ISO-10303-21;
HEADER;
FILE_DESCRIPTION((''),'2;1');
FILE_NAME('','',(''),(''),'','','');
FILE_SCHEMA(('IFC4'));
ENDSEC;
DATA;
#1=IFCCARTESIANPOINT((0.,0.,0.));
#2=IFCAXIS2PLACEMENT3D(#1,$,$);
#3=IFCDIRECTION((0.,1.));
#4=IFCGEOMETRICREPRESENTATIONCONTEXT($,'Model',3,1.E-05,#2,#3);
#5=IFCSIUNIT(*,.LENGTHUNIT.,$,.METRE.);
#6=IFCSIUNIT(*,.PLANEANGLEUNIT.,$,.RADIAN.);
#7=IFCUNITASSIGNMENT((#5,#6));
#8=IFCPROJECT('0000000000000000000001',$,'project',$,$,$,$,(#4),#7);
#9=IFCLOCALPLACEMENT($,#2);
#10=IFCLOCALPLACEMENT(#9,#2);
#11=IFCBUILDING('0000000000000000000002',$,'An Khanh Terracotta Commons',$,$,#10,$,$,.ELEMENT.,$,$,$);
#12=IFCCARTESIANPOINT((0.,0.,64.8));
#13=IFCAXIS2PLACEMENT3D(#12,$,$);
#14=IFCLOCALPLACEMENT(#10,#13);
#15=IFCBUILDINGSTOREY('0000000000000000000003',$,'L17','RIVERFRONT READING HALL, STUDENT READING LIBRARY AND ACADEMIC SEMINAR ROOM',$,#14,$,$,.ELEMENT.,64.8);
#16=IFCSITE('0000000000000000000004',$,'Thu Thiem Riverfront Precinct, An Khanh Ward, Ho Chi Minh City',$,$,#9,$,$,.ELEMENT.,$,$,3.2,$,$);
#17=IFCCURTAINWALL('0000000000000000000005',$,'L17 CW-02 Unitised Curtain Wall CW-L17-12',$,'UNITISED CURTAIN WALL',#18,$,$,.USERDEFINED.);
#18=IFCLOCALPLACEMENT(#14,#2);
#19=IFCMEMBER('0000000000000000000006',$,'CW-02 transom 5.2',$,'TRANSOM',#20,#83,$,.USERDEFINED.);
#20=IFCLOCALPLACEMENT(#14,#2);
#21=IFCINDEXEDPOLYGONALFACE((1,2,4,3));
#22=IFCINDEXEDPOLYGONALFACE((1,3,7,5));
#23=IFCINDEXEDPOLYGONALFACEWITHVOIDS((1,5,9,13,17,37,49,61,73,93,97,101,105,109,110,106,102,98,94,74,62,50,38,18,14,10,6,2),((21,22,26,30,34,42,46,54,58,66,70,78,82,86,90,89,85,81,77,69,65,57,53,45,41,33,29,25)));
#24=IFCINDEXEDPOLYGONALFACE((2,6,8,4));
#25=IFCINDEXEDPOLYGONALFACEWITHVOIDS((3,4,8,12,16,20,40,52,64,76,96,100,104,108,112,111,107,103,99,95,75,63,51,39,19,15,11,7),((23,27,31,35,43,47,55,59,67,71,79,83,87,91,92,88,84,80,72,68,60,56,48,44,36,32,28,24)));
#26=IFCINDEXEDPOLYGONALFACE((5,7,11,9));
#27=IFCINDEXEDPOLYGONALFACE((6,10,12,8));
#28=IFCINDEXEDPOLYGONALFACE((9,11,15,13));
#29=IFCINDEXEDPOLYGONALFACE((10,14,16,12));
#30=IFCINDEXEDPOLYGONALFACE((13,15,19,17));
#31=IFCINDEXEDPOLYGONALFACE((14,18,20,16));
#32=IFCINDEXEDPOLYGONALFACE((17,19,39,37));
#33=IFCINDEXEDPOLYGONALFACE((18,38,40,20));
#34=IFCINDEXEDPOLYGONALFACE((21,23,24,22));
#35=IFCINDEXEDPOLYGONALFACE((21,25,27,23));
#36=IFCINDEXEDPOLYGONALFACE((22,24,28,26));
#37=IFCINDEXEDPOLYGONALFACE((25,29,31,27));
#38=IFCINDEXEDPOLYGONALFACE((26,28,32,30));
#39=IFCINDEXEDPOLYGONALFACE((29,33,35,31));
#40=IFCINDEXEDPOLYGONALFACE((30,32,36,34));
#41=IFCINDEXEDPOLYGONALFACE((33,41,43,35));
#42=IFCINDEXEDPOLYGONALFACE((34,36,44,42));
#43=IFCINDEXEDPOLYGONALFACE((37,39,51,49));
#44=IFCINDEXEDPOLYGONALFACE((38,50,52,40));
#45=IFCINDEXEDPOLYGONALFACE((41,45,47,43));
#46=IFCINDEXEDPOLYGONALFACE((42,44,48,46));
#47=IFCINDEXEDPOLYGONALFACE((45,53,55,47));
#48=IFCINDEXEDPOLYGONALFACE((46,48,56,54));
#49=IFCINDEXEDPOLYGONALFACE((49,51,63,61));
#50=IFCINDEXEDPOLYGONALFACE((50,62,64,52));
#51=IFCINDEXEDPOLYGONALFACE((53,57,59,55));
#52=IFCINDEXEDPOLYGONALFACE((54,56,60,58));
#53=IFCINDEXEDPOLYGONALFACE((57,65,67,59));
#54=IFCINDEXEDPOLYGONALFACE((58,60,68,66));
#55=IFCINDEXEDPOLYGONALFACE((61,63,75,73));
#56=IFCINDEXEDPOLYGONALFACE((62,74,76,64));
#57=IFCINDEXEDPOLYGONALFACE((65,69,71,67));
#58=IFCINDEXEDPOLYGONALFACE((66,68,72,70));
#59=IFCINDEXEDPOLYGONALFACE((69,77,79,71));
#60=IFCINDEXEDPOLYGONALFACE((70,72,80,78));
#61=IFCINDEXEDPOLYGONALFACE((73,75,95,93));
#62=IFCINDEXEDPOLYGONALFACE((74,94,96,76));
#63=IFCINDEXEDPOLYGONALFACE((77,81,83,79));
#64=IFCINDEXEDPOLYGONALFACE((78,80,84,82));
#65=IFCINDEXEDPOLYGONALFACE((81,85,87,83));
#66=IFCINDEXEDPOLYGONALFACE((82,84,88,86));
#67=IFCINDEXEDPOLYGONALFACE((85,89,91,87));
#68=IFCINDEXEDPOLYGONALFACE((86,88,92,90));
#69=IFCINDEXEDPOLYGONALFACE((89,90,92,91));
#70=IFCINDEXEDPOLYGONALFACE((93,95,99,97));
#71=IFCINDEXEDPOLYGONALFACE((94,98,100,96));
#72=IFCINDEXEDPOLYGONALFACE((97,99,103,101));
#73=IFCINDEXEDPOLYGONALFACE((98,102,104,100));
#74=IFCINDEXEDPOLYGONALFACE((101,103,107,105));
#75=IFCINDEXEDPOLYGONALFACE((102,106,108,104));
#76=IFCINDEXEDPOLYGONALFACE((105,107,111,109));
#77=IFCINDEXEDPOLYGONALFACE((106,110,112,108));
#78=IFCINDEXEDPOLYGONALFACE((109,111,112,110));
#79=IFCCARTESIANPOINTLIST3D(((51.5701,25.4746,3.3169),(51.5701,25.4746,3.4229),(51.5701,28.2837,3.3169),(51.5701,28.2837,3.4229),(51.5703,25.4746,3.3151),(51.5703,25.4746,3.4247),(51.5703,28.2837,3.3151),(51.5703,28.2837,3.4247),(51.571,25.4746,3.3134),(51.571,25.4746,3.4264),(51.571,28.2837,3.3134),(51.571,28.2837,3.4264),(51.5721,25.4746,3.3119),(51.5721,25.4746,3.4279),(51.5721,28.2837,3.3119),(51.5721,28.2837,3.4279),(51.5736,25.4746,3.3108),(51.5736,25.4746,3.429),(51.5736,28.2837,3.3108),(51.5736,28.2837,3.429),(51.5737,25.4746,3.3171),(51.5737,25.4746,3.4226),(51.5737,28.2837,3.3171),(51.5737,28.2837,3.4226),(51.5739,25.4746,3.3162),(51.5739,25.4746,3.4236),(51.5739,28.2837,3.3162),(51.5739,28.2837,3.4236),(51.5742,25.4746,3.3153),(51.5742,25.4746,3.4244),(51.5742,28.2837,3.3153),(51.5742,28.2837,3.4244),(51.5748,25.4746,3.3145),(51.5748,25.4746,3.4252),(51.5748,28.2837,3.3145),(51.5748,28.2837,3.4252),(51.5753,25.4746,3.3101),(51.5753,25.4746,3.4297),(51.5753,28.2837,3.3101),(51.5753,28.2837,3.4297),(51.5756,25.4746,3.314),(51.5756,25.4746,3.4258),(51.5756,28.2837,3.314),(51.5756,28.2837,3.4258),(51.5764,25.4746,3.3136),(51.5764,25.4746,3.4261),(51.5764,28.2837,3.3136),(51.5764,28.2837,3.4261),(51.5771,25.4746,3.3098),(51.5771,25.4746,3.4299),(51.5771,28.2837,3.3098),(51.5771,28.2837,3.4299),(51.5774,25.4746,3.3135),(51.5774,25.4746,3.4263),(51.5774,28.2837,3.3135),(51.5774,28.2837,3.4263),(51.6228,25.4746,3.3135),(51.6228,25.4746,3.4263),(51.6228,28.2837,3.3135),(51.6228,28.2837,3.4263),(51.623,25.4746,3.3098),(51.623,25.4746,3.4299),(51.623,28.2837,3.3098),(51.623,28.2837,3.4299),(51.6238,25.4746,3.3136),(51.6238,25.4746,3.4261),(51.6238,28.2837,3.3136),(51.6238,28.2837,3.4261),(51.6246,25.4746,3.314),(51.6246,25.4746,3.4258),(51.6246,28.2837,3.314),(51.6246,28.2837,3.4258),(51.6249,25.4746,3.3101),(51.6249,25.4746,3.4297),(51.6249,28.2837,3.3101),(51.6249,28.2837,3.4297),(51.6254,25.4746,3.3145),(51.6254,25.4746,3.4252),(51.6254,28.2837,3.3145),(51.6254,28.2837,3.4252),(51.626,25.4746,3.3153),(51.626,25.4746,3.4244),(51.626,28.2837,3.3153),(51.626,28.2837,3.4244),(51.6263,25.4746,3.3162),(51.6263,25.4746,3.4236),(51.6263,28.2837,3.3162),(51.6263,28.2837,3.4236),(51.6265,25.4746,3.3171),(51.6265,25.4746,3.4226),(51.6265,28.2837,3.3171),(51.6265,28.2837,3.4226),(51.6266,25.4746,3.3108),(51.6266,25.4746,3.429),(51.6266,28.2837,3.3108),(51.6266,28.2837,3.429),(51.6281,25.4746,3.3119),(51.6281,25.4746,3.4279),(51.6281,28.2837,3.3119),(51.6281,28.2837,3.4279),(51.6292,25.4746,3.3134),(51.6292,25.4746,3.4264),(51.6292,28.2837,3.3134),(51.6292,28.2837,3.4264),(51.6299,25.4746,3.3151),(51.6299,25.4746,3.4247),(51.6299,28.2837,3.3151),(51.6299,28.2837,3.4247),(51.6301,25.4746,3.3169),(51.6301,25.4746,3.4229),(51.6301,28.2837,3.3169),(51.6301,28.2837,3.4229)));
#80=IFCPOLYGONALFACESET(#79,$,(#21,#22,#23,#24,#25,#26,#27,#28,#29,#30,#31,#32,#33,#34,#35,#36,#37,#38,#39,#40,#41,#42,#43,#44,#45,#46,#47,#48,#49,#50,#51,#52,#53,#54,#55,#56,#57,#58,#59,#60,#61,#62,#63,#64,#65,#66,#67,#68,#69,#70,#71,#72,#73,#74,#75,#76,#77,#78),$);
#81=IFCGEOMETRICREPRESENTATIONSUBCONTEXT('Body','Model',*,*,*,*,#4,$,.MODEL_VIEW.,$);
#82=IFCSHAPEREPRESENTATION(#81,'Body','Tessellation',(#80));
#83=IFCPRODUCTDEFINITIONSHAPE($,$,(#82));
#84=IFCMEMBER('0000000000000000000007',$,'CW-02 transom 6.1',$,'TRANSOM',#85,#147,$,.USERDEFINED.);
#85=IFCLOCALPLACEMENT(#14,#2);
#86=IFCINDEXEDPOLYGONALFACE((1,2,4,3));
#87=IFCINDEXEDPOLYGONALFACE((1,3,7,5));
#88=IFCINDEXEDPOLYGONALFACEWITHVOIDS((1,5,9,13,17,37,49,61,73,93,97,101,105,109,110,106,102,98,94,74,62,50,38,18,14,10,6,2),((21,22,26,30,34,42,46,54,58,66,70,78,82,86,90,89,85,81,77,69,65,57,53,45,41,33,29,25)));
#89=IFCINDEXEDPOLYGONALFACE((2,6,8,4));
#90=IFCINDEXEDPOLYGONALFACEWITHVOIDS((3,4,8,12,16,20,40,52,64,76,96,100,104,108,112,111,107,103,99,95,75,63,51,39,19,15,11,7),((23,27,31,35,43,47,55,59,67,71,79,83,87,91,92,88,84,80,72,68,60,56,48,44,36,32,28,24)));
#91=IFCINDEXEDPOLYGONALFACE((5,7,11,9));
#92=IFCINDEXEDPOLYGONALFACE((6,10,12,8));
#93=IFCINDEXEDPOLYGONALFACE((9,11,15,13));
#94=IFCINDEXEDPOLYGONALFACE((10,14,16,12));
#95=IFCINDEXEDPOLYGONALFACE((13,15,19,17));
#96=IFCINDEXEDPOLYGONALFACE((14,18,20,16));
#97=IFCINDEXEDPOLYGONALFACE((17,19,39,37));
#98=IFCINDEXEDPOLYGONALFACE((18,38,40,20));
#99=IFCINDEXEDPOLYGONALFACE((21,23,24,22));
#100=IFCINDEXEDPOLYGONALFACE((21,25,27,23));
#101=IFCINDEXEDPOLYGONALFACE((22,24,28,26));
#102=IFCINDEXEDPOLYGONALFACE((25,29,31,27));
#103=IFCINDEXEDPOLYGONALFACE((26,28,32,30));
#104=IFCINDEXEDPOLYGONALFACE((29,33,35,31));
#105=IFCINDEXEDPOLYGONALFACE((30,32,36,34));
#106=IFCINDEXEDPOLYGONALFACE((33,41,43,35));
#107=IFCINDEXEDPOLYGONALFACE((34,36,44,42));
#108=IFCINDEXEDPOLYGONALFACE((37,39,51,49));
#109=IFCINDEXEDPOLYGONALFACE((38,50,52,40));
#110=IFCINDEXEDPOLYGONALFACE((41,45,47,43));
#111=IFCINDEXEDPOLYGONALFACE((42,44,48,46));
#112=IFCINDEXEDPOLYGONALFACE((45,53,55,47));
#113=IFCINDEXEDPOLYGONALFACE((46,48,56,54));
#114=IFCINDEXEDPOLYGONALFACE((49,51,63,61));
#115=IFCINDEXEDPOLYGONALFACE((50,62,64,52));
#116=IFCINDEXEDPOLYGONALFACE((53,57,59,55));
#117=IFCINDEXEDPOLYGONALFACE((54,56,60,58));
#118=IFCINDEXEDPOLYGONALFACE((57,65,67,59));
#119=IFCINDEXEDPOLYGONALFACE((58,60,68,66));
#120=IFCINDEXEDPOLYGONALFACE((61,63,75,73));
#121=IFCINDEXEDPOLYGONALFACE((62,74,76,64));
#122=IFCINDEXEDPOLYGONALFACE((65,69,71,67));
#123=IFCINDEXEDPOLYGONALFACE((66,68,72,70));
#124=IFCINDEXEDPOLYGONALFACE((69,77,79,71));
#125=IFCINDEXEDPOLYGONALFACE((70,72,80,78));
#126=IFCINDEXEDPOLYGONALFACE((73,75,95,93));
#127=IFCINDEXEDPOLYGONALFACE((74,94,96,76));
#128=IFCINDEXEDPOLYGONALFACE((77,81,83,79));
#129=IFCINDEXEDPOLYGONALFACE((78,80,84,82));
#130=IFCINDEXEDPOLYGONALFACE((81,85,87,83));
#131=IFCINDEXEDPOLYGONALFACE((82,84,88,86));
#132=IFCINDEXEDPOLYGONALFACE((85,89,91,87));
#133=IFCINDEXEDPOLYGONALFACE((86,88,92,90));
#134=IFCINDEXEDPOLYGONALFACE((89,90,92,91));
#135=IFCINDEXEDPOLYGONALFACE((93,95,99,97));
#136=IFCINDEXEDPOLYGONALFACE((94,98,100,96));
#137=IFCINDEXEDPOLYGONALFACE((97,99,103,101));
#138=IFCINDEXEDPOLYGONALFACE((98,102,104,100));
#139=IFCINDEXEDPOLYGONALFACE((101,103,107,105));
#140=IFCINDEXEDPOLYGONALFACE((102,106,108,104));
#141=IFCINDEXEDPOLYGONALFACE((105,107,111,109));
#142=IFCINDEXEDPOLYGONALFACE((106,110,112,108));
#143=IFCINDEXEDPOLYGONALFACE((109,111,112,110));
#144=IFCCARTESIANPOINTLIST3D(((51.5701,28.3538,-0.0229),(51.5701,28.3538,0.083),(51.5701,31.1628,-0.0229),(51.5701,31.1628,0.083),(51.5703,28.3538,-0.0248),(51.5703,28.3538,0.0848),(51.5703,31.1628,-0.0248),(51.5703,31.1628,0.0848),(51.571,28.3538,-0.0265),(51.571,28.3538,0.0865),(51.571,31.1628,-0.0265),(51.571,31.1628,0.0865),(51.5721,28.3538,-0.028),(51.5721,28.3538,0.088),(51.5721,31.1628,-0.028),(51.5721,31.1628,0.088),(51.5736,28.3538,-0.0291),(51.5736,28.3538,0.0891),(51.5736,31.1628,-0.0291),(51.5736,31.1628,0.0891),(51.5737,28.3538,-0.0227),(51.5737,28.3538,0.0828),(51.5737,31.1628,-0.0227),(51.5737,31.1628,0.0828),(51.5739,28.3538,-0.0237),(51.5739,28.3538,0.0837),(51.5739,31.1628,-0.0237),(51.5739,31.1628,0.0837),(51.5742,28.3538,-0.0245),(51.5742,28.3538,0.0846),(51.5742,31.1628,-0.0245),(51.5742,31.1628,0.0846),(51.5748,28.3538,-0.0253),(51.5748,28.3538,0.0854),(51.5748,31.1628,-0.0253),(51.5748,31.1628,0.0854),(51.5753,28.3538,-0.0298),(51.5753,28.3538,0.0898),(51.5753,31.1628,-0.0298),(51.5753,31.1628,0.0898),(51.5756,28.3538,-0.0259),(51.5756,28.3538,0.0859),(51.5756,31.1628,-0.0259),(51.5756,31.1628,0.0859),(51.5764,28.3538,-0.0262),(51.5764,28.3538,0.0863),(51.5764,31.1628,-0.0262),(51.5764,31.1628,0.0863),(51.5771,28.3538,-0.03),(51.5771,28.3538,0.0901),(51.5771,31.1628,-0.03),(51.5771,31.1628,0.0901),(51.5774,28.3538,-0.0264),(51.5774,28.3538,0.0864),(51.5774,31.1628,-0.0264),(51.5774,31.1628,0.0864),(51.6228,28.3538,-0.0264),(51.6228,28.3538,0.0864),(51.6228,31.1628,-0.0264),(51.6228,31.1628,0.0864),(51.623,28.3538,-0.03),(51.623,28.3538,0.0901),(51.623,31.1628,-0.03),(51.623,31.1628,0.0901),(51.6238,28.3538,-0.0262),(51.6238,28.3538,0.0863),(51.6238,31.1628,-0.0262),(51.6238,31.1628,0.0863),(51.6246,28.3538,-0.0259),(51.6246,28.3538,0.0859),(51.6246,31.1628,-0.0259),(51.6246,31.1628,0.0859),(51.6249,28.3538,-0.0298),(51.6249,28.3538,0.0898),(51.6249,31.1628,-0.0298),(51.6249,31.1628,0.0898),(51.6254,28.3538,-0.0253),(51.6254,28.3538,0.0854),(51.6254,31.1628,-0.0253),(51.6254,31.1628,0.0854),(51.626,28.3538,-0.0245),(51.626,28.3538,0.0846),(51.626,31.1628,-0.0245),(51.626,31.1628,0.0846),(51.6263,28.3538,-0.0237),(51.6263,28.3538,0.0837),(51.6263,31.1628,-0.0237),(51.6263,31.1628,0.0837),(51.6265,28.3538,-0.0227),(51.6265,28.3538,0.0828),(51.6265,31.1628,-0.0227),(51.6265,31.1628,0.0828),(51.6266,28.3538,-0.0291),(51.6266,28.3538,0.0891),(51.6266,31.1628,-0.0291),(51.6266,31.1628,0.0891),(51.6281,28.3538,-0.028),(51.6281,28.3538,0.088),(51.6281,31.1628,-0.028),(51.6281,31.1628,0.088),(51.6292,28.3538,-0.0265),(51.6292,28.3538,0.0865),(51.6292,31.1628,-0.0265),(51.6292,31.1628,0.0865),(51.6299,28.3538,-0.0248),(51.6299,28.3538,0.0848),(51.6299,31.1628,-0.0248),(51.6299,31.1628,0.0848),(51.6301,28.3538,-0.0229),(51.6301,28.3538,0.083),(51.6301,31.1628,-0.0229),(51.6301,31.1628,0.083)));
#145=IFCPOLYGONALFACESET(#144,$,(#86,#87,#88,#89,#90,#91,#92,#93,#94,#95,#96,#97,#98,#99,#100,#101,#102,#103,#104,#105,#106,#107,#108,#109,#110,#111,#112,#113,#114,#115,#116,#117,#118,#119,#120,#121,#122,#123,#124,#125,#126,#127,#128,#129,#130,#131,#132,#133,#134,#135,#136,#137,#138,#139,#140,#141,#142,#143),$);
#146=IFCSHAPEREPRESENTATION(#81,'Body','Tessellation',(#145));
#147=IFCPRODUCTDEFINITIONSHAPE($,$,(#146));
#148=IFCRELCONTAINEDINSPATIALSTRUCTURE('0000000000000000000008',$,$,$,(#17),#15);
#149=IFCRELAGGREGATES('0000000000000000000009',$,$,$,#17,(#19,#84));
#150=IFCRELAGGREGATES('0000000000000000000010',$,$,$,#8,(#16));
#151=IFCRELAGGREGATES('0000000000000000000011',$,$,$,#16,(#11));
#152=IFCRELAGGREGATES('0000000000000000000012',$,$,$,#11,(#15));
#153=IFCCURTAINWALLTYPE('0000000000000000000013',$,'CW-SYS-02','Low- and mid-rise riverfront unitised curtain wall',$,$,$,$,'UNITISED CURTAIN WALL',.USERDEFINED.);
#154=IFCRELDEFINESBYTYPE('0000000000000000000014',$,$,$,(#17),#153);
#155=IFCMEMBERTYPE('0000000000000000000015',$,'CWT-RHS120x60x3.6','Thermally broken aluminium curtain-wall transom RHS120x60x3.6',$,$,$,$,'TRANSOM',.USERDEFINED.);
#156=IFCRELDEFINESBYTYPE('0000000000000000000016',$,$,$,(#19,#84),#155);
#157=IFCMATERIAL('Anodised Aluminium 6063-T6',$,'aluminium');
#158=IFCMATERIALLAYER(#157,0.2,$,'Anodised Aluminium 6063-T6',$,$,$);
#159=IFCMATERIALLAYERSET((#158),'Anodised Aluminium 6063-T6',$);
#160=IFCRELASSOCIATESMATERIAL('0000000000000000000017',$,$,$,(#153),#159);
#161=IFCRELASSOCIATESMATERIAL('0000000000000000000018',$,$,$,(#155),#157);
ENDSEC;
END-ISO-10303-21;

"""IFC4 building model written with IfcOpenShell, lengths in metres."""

from ifc_helpers import new_model, si_unit, direction, frame, origin, origin_2d, place, context, subcontext, project, spatial, hollow_rectangle, extrude, material, layer, layer_set, material_profile, profile_set, type_object, element, aggregate, save


model = new_model("IFC4")

# Units and contexts
model_context = context("Model", 3, precision=1e-05, world=origin(), true_north=direction((0.0, 1.0)))
body_context = subcontext(model_context, "Body", "Model", "MODEL_VIEW")
ifc_project = project(units=[si_unit("LENGTHUNIT", "METRE"), si_unit("PLANEANGLEUNIT", "RADIAN")], contexts=[model_context])

# Site, building, storey
site_placement = place(None, origin())
site = spatial("IfcSite", under=ifc_project, at=site_placement, Name="Thu Thiem Riverfront Precinct, An Khanh Ward, Ho Chi Minh City", CompositionType="ELEMENT", RefElevation=3.2)
building_placement = place(site_placement, origin())
building = spatial("IfcBuilding", under=site, at=building_placement, Name="An Khanh Terracotta Commons", CompositionType="ELEMENT")
storey_placement = place(building_placement, frame((0.0, 0.0, 64.8)))
storey = spatial("IfcBuildingStorey", under=building, at=storey_placement, Name="L17", Description="RIVERFRONT READING HALL, STUDENT READING LIBRARY AND ACADEMIC SEMINAR ROOM", CompositionType="ELEMENT", Elevation=64.8)

# Curtain wall, members
ifc_material_1 = material(Name="Anodised Aluminium 6063-T6", Category="aluminium")
ifc_layer_1 = layer(ifc_material_1, 0.2, Name="Anodised Aluminium 6063-T6")
ifc_layer_set_1 = layer_set([ifc_layer_1], Name="Anodised Aluminium 6063-T6")
curtain_wall_type = type_object("IfcCurtainWallType", Name="CW-SYS-02", Description="Low- and mid-rise riverfront unitised curtain wall", ElementType="UNITISED CURTAIN WALL", PredefinedType="USERDEFINED", material=ifc_layer_set_1)
curtain_wall_placement = place(storey_placement, origin())
curtain_wall = element("IfcCurtainWall", 1, at=curtain_wall_placement, inside=storey, type_object=curtain_wall_type, Name="L17 CW-02 Unitised Curtain Wall CW-L17-12", ObjectType="UNITISED CURTAIN WALL", PredefinedType="USERDEFINED")
ifc_material_profile_1 = material_profile(ifc_material_1, hollow_rectangle(XDim=0.0601, YDim=0.1201, WallThickness=0.0037, InnerFilletRadius=0.0037, OuterFilletRadius=0.0071, at=origin_2d()), Name="RHS120x60x3.6")
ifc_profile_set_1 = profile_set([ifc_material_profile_1], Name="Anodised Aluminium 6063-T6")
member_type_1 = type_object("IfcMemberType", Name="CWT-RHS120x60x3.6", Description="Thermally broken aluminium curtain-wall transom RHS120x60x3.6", ElementType="TRANSOM", PredefinedType="USERDEFINED", material=ifc_profile_set_1)
member_1_placement = place(storey_placement, frame((51.6001, 25.4746, 3.3699), z_axis=(0.0, 1.0, 0.0), x_axis=(-1.0, 0.0, 0.0)))
member_1 = element("IfcMember", 2, at=member_1_placement, type_object=member_type_1, Name="CW-02 transom 5.2", ObjectType="TRANSOM", PredefinedType="USERDEFINED", context=body_context, shape_type="SweptSolid", body=[
    extrude(hollow_rectangle(XDim=0.0601, YDim=0.1201, WallThickness=0.0037, InnerFilletRadius=0.0037, OuterFilletRadius=0.0071, at=origin_2d()), origin(), (0.0, 0.0, 1.0), 2.8091),
])
member_2_placement = place(storey_placement, frame((51.6001, 28.3538, 0.03), z_axis=(0.0, 1.0, 0.0), x_axis=(-1.0, 0.0, 0.0)))
member_2 = element("IfcMember", 3, at=member_2_placement, type_object=member_type_1, Name="CW-02 transom 6.1", ObjectType="TRANSOM", PredefinedType="USERDEFINED", context=body_context, shape_type="SweptSolid", body=[
    extrude(hollow_rectangle(XDim=0.0601, YDim=0.1201, WallThickness=0.0037, InnerFilletRadius=0.0037, OuterFilletRadius=0.0071, at=origin_2d()), origin(), (0.0, 0.0, 1.0), 2.8091),
])
aggregate(curtain_wall, [member_1, member_2])

save(model, "model.ifc")
